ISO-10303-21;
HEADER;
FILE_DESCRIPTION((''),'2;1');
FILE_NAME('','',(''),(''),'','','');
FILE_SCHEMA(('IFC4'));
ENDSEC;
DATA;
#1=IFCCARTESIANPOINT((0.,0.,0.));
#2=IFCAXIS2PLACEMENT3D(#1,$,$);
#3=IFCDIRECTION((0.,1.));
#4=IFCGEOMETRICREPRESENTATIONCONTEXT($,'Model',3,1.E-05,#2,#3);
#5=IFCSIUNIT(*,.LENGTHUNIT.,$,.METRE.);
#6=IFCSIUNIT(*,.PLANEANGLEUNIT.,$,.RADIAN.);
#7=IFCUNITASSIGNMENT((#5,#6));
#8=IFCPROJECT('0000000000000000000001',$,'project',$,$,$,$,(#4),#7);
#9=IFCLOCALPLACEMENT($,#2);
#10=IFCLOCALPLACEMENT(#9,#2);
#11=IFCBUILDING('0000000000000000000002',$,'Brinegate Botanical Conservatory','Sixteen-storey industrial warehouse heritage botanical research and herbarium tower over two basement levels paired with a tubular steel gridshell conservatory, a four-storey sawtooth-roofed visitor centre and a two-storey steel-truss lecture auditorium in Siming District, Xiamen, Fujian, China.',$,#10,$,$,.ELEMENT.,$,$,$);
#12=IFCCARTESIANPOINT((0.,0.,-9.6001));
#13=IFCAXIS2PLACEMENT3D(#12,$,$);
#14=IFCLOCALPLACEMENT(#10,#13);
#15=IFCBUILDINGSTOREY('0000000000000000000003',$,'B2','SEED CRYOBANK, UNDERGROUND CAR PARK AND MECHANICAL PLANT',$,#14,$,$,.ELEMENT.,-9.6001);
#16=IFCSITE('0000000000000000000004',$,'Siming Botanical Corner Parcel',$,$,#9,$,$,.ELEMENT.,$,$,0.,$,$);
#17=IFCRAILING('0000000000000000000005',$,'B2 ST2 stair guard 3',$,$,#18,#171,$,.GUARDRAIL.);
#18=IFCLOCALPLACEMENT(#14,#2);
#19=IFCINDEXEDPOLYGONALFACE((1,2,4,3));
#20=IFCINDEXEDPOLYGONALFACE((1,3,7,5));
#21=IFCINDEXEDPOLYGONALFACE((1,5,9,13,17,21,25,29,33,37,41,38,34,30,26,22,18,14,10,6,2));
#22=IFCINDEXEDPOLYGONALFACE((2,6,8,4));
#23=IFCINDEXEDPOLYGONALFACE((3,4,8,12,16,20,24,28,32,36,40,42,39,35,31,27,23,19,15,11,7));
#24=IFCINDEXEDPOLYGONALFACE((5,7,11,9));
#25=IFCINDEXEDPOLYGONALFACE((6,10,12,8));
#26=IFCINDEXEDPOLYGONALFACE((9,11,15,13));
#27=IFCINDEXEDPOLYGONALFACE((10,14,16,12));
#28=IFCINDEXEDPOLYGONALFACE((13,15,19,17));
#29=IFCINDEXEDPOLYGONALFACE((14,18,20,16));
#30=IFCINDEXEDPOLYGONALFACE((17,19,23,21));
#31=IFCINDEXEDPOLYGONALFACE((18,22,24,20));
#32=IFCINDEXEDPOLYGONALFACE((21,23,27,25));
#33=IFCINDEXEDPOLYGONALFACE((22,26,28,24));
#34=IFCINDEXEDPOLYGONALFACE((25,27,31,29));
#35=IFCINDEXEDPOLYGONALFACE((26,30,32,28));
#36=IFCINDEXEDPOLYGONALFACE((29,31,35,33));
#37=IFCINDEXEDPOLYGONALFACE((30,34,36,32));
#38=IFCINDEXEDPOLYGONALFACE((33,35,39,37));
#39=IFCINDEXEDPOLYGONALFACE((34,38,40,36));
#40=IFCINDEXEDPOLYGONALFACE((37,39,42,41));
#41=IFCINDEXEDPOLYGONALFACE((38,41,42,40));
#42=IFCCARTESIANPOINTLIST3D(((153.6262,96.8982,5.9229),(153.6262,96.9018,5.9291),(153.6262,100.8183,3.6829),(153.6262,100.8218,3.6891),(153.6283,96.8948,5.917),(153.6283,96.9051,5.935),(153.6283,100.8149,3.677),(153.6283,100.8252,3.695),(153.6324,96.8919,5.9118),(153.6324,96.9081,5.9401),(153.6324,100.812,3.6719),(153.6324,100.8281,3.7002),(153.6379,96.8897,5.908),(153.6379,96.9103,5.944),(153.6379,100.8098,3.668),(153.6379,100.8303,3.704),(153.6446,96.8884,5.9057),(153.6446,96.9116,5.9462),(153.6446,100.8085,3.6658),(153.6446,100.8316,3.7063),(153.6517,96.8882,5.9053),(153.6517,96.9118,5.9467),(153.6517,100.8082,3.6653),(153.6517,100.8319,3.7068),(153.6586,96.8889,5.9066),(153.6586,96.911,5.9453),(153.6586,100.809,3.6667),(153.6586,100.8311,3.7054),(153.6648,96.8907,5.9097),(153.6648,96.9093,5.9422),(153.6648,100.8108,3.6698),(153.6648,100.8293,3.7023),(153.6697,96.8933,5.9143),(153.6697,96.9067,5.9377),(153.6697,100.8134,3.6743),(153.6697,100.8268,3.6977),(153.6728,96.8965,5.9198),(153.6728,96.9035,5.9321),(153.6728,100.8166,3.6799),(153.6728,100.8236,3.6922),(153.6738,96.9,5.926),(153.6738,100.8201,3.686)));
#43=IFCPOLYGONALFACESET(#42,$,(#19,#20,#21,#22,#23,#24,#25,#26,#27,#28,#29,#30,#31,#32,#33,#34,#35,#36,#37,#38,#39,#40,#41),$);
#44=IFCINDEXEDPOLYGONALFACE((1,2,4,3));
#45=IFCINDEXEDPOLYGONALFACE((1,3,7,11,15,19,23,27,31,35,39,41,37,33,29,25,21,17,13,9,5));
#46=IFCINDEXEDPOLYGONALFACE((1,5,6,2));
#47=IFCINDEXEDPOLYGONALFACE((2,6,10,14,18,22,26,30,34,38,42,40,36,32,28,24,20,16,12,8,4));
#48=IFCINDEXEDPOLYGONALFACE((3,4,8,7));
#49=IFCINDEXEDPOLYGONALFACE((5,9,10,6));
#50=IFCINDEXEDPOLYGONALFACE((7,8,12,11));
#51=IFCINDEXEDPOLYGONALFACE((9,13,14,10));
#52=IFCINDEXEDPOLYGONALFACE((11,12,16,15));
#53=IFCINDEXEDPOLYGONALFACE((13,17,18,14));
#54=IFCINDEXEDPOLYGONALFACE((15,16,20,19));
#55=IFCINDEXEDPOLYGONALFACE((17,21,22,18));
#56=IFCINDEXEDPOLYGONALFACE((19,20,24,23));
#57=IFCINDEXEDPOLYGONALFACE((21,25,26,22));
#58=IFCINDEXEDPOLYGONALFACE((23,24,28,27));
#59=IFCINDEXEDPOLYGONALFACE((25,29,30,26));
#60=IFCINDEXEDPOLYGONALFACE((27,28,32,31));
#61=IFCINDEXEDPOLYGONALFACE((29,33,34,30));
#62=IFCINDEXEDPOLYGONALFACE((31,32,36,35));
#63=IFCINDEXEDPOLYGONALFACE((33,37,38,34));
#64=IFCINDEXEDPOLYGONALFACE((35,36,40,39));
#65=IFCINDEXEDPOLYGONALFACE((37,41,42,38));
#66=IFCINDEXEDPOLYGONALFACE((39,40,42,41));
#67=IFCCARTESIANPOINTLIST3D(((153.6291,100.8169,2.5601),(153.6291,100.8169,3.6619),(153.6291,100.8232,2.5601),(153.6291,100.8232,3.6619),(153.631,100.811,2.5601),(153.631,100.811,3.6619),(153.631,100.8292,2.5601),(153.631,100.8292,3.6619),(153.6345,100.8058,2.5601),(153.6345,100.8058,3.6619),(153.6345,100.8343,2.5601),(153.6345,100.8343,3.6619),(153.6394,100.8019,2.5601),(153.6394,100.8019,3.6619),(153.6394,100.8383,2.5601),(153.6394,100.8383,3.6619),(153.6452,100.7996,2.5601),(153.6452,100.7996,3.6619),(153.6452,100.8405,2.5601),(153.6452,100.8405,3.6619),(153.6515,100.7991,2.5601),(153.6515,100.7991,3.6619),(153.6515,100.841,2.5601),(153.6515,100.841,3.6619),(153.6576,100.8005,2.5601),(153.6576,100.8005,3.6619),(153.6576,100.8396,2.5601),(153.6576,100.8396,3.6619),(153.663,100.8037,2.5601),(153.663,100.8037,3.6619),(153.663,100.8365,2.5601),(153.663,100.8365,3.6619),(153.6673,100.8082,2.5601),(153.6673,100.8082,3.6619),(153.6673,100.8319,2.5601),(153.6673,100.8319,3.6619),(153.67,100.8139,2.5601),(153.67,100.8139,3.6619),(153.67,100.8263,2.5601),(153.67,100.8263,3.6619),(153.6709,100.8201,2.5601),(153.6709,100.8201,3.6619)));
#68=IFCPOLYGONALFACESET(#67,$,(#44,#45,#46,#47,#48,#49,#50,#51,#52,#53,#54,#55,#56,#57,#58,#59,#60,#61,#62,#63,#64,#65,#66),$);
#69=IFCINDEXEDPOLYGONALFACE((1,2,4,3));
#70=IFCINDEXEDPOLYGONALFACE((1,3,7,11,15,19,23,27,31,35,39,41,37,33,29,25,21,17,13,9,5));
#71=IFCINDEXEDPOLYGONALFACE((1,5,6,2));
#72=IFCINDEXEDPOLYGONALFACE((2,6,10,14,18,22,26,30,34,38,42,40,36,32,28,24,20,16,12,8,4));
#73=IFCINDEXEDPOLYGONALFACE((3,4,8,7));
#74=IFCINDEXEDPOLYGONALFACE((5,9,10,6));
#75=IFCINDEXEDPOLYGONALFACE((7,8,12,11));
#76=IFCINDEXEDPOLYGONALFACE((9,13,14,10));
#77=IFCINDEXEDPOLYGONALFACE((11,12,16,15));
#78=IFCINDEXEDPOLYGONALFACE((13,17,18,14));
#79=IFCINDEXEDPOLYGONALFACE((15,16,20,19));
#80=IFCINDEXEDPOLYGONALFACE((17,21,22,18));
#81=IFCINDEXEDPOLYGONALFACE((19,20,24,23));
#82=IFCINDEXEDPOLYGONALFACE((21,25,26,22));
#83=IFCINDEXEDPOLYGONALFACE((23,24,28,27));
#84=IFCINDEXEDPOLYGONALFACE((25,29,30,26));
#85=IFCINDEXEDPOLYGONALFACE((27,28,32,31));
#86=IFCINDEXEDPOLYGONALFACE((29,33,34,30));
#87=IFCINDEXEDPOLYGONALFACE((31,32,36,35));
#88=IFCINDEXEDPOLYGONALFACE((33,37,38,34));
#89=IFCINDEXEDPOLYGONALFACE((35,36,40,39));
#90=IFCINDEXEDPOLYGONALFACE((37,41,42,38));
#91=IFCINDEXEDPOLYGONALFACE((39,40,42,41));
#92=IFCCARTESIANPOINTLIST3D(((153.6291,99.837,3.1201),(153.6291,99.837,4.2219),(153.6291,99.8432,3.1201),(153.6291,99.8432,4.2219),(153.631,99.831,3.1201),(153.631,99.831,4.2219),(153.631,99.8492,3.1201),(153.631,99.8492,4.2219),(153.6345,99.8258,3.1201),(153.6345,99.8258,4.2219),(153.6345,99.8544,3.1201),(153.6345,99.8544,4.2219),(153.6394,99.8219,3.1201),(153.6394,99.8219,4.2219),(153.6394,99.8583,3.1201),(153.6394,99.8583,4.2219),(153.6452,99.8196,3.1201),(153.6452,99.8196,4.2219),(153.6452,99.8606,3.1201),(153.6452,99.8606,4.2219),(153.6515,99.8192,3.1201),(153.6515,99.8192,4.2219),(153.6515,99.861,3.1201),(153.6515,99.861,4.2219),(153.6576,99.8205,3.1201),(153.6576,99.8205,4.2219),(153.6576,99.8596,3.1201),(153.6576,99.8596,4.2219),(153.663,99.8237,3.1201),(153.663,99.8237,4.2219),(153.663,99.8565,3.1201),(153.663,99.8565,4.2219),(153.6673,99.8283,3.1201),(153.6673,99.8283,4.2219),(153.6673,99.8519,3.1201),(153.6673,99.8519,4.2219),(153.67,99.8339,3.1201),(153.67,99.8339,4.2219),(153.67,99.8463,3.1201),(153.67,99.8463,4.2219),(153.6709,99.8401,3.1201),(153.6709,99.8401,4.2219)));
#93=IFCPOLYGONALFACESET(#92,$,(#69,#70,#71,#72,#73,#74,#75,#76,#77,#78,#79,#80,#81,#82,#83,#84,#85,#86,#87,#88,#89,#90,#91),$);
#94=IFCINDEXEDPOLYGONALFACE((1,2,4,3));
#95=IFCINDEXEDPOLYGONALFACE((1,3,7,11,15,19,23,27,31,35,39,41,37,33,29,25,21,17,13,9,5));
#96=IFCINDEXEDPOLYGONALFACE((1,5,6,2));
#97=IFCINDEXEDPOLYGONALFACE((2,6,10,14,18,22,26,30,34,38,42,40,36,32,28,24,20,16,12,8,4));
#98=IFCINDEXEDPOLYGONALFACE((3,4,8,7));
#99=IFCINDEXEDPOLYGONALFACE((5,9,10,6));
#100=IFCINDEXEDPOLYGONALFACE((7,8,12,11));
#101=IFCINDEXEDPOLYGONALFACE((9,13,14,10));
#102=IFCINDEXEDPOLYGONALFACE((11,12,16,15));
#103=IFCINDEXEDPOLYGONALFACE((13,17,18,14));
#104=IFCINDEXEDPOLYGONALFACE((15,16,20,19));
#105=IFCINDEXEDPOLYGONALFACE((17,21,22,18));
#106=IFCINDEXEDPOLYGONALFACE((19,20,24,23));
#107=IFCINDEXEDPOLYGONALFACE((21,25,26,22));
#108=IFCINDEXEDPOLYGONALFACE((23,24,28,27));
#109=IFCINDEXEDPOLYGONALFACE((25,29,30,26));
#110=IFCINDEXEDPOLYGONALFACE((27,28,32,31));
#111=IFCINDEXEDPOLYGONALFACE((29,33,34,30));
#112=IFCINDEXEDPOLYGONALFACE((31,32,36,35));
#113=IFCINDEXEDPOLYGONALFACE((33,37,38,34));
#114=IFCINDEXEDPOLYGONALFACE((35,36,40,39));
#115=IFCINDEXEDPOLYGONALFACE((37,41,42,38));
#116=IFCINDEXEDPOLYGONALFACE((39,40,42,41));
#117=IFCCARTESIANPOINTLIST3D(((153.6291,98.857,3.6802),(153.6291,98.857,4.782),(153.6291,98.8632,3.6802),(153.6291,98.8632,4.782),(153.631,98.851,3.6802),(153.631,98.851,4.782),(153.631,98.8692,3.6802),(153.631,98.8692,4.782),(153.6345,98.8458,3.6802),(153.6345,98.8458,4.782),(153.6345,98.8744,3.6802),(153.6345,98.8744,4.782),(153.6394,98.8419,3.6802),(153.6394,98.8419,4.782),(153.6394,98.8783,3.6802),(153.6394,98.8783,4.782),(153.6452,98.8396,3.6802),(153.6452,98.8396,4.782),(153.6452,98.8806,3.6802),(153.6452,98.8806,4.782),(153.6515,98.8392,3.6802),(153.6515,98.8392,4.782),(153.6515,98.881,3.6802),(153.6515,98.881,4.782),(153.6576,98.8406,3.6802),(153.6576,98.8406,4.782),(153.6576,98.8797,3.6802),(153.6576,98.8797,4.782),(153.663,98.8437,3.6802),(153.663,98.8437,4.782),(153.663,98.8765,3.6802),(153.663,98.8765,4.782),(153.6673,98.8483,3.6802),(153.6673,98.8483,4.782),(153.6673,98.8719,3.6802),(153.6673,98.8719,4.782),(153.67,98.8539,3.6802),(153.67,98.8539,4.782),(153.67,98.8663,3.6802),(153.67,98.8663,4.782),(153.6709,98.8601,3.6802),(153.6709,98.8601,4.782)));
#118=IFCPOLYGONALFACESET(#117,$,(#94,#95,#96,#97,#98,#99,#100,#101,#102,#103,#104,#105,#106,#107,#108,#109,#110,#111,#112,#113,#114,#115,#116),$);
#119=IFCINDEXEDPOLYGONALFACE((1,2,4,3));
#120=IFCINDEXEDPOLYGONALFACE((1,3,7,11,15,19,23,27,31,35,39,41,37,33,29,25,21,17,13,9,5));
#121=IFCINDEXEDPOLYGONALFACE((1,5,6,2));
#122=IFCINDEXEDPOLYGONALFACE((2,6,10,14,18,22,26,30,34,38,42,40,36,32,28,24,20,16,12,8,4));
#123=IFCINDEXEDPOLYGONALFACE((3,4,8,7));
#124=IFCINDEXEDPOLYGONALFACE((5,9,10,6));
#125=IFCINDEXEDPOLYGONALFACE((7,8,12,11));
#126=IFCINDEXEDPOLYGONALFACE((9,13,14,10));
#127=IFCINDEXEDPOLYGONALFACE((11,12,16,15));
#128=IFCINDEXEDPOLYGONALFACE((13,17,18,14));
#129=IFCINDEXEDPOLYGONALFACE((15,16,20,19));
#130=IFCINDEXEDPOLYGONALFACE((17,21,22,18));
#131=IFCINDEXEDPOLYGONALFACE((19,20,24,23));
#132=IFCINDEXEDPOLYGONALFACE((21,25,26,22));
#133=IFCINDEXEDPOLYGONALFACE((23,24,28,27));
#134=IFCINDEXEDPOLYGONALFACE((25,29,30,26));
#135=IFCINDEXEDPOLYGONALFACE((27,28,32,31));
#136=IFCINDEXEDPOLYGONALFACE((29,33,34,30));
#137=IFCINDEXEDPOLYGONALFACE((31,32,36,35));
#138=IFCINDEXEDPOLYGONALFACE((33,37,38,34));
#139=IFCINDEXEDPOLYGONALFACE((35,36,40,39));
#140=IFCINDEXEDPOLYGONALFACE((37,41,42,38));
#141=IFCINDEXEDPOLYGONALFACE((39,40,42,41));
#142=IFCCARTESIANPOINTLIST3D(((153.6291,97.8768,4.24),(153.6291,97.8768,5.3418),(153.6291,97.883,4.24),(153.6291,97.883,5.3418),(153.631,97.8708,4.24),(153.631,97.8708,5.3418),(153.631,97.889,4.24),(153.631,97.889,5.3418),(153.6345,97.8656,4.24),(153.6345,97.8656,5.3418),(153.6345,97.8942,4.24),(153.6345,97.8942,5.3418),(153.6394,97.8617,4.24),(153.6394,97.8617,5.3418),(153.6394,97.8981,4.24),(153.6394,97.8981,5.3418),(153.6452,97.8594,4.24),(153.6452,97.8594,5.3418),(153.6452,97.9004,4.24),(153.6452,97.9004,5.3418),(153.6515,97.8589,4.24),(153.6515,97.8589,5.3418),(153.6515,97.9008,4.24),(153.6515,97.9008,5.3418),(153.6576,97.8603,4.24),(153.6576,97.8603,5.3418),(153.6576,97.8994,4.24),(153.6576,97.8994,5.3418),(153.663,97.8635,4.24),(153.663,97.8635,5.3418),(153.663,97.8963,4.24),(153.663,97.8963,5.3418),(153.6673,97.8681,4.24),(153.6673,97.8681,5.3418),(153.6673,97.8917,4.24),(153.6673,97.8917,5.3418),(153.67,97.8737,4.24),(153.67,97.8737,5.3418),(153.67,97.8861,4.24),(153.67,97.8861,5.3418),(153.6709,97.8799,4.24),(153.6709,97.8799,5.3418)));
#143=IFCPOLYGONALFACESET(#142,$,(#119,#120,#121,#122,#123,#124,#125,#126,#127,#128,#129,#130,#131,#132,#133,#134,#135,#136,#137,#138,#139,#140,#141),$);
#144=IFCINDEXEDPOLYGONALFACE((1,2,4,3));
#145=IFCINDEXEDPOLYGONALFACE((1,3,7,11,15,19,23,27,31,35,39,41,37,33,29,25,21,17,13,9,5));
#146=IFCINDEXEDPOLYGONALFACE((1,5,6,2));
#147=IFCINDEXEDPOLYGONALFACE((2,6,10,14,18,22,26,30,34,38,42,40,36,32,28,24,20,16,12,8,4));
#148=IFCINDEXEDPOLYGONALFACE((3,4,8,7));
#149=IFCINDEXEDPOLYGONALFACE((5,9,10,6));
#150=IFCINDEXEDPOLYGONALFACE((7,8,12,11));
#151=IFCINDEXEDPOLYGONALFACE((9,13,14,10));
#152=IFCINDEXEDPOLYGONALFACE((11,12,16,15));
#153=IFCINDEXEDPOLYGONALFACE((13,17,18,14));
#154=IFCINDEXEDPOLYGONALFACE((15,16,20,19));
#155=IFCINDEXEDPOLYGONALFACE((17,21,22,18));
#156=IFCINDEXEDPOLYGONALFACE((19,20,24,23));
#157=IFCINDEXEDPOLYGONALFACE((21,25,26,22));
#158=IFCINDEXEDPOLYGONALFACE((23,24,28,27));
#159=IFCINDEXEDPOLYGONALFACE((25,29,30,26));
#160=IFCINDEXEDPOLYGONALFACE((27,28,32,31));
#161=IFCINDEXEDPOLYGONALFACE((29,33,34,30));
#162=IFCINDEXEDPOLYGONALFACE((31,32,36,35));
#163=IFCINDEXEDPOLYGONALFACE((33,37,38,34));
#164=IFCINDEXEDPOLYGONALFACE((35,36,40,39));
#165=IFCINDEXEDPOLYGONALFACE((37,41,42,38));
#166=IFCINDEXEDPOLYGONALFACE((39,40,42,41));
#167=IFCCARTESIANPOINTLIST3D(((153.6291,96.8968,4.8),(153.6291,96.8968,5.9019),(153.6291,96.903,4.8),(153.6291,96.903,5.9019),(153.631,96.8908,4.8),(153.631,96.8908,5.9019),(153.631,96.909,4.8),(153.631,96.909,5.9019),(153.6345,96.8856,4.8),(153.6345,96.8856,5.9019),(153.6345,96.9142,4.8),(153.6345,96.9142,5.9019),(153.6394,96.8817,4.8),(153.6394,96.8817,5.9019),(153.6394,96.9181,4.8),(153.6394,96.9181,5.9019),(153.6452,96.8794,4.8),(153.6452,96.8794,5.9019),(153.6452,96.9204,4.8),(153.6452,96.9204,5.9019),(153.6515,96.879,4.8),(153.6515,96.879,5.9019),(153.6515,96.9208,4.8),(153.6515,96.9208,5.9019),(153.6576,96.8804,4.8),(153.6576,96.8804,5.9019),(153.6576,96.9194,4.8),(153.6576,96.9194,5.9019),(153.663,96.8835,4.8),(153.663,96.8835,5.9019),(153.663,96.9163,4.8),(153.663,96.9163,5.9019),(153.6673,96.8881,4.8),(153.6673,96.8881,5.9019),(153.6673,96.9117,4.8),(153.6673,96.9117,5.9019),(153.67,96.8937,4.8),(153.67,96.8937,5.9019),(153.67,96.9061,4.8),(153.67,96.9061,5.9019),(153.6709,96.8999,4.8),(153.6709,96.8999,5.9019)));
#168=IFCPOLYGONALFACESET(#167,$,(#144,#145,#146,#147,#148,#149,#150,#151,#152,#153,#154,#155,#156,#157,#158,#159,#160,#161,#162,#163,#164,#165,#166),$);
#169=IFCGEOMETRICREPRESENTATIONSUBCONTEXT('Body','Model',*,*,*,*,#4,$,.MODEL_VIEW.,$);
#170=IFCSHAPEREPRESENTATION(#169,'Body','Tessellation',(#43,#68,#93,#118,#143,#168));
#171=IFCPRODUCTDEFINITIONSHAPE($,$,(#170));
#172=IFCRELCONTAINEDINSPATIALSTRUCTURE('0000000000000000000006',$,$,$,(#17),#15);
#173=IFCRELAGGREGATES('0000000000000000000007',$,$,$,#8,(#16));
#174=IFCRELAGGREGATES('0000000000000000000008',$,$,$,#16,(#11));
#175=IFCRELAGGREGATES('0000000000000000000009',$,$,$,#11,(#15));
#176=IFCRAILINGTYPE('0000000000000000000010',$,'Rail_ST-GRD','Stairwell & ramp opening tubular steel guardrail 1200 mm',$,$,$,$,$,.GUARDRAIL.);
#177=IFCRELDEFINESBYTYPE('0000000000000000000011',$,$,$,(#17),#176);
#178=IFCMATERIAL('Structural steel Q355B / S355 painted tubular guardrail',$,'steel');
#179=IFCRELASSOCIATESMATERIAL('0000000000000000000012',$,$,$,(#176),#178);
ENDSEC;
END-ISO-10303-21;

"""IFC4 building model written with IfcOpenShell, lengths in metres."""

from ifc_helpers import new_model, si_unit, direction, frame, origin, origin_2d, place, context, subcontext, project, spatial, circle, extrude, material, type_object, element, save


model = new_model("IFC4")

# Units and contexts
model_context = context("Model", 3, precision=1e-05, world=origin(), true_north=direction((0.0, 1.0)))
body_context = subcontext(model_context, "Body", "Model", "MODEL_VIEW")
ifc_project = project(units=[si_unit("LENGTHUNIT", "METRE"), si_unit("PLANEANGLEUNIT", "RADIAN")], contexts=[model_context])

# Site, building, storey
site_placement = place(None, origin())
site = spatial("IfcSite", under=ifc_project, at=site_placement, Name="Siming Botanical Corner Parcel", CompositionType="ELEMENT", RefElevation=0.0)
building_placement = place(site_placement, origin())
building = spatial("IfcBuilding", under=site, at=building_placement, Name="Brinegate Botanical Conservatory", Description="Sixteen-storey industrial warehouse heritage botanical research and herbarium tower over two basement levels paired with a tubular steel gridshell conservatory, a four-storey sawtooth-roofed visitor centre and a two-storey steel-truss lecture auditorium in Siming District, Xiamen, Fujian, China.", CompositionType="ELEMENT")
storey_placement = place(building_placement, frame((0.0, 0.0, -9.6001)))
storey = spatial("IfcBuildingStorey", under=building, at=storey_placement, Name="B2", Description="SEED CRYOBANK, UNDERGROUND CAR PARK AND MECHANICAL PLANT", CompositionType="ELEMENT", Elevation=-9.6001)

# Railing
ifc_material_1 = material(Name="Structural steel Q355B / S355 painted tubular guardrail", Category="steel")
railing_type_1 = type_object("IfcRailingType", Name="Rail_ST-GRD", Description="Stairwell & ramp opening tubular steel guardrail 1200 mm", PredefinedType="GUARDRAIL", material=ifc_material_1)
railing_1_placement = place(storey_placement, frame((153.6499, 100.8201, 2.5601)))
element("IfcRailing", 1, at=railing_1_placement, inside=storey, type_object=railing_type_1, Name="B2 ST2 stair guard 3", PredefinedType="GUARDRAIL", context=body_context, shape_type="SweptSolid", body=[
    extrude(circle(Radius=0.0239, at=origin_2d()), frame((0.0, 0.0, 1.126), z_axis=(0.0, -0.868253, 0.496121), x_axis=(1.0, 0.0, 0.0)), (0.0, 0.0, 1.0), 4.5149),
    extrude(circle(Radius=0.021, at=origin_2d()), origin(), (0.0, 0.0, 1.0), 1.1018),
    extrude(circle(Radius=0.021, at=origin_2d()), frame((0.0, -0.98, 0.5601)), (0.0, 0.0, 1.0), 1.1018),
    extrude(circle(Radius=0.021, at=origin_2d()), frame((0.0, -1.96, 1.1201)), (0.0, 0.0, 1.0), 1.1018),
    extrude(circle(Radius=0.021, at=origin_2d()), frame((0.0, -2.9402, 1.6799)), (0.0, 0.0, 1.0), 1.1018),
    extrude(circle(Radius=0.021, at=origin_2d()), frame((0.0, -3.9202, 2.24)), (0.0, 0.0, 1.0), 1.1018),
])

save(model, "model.ifc")
